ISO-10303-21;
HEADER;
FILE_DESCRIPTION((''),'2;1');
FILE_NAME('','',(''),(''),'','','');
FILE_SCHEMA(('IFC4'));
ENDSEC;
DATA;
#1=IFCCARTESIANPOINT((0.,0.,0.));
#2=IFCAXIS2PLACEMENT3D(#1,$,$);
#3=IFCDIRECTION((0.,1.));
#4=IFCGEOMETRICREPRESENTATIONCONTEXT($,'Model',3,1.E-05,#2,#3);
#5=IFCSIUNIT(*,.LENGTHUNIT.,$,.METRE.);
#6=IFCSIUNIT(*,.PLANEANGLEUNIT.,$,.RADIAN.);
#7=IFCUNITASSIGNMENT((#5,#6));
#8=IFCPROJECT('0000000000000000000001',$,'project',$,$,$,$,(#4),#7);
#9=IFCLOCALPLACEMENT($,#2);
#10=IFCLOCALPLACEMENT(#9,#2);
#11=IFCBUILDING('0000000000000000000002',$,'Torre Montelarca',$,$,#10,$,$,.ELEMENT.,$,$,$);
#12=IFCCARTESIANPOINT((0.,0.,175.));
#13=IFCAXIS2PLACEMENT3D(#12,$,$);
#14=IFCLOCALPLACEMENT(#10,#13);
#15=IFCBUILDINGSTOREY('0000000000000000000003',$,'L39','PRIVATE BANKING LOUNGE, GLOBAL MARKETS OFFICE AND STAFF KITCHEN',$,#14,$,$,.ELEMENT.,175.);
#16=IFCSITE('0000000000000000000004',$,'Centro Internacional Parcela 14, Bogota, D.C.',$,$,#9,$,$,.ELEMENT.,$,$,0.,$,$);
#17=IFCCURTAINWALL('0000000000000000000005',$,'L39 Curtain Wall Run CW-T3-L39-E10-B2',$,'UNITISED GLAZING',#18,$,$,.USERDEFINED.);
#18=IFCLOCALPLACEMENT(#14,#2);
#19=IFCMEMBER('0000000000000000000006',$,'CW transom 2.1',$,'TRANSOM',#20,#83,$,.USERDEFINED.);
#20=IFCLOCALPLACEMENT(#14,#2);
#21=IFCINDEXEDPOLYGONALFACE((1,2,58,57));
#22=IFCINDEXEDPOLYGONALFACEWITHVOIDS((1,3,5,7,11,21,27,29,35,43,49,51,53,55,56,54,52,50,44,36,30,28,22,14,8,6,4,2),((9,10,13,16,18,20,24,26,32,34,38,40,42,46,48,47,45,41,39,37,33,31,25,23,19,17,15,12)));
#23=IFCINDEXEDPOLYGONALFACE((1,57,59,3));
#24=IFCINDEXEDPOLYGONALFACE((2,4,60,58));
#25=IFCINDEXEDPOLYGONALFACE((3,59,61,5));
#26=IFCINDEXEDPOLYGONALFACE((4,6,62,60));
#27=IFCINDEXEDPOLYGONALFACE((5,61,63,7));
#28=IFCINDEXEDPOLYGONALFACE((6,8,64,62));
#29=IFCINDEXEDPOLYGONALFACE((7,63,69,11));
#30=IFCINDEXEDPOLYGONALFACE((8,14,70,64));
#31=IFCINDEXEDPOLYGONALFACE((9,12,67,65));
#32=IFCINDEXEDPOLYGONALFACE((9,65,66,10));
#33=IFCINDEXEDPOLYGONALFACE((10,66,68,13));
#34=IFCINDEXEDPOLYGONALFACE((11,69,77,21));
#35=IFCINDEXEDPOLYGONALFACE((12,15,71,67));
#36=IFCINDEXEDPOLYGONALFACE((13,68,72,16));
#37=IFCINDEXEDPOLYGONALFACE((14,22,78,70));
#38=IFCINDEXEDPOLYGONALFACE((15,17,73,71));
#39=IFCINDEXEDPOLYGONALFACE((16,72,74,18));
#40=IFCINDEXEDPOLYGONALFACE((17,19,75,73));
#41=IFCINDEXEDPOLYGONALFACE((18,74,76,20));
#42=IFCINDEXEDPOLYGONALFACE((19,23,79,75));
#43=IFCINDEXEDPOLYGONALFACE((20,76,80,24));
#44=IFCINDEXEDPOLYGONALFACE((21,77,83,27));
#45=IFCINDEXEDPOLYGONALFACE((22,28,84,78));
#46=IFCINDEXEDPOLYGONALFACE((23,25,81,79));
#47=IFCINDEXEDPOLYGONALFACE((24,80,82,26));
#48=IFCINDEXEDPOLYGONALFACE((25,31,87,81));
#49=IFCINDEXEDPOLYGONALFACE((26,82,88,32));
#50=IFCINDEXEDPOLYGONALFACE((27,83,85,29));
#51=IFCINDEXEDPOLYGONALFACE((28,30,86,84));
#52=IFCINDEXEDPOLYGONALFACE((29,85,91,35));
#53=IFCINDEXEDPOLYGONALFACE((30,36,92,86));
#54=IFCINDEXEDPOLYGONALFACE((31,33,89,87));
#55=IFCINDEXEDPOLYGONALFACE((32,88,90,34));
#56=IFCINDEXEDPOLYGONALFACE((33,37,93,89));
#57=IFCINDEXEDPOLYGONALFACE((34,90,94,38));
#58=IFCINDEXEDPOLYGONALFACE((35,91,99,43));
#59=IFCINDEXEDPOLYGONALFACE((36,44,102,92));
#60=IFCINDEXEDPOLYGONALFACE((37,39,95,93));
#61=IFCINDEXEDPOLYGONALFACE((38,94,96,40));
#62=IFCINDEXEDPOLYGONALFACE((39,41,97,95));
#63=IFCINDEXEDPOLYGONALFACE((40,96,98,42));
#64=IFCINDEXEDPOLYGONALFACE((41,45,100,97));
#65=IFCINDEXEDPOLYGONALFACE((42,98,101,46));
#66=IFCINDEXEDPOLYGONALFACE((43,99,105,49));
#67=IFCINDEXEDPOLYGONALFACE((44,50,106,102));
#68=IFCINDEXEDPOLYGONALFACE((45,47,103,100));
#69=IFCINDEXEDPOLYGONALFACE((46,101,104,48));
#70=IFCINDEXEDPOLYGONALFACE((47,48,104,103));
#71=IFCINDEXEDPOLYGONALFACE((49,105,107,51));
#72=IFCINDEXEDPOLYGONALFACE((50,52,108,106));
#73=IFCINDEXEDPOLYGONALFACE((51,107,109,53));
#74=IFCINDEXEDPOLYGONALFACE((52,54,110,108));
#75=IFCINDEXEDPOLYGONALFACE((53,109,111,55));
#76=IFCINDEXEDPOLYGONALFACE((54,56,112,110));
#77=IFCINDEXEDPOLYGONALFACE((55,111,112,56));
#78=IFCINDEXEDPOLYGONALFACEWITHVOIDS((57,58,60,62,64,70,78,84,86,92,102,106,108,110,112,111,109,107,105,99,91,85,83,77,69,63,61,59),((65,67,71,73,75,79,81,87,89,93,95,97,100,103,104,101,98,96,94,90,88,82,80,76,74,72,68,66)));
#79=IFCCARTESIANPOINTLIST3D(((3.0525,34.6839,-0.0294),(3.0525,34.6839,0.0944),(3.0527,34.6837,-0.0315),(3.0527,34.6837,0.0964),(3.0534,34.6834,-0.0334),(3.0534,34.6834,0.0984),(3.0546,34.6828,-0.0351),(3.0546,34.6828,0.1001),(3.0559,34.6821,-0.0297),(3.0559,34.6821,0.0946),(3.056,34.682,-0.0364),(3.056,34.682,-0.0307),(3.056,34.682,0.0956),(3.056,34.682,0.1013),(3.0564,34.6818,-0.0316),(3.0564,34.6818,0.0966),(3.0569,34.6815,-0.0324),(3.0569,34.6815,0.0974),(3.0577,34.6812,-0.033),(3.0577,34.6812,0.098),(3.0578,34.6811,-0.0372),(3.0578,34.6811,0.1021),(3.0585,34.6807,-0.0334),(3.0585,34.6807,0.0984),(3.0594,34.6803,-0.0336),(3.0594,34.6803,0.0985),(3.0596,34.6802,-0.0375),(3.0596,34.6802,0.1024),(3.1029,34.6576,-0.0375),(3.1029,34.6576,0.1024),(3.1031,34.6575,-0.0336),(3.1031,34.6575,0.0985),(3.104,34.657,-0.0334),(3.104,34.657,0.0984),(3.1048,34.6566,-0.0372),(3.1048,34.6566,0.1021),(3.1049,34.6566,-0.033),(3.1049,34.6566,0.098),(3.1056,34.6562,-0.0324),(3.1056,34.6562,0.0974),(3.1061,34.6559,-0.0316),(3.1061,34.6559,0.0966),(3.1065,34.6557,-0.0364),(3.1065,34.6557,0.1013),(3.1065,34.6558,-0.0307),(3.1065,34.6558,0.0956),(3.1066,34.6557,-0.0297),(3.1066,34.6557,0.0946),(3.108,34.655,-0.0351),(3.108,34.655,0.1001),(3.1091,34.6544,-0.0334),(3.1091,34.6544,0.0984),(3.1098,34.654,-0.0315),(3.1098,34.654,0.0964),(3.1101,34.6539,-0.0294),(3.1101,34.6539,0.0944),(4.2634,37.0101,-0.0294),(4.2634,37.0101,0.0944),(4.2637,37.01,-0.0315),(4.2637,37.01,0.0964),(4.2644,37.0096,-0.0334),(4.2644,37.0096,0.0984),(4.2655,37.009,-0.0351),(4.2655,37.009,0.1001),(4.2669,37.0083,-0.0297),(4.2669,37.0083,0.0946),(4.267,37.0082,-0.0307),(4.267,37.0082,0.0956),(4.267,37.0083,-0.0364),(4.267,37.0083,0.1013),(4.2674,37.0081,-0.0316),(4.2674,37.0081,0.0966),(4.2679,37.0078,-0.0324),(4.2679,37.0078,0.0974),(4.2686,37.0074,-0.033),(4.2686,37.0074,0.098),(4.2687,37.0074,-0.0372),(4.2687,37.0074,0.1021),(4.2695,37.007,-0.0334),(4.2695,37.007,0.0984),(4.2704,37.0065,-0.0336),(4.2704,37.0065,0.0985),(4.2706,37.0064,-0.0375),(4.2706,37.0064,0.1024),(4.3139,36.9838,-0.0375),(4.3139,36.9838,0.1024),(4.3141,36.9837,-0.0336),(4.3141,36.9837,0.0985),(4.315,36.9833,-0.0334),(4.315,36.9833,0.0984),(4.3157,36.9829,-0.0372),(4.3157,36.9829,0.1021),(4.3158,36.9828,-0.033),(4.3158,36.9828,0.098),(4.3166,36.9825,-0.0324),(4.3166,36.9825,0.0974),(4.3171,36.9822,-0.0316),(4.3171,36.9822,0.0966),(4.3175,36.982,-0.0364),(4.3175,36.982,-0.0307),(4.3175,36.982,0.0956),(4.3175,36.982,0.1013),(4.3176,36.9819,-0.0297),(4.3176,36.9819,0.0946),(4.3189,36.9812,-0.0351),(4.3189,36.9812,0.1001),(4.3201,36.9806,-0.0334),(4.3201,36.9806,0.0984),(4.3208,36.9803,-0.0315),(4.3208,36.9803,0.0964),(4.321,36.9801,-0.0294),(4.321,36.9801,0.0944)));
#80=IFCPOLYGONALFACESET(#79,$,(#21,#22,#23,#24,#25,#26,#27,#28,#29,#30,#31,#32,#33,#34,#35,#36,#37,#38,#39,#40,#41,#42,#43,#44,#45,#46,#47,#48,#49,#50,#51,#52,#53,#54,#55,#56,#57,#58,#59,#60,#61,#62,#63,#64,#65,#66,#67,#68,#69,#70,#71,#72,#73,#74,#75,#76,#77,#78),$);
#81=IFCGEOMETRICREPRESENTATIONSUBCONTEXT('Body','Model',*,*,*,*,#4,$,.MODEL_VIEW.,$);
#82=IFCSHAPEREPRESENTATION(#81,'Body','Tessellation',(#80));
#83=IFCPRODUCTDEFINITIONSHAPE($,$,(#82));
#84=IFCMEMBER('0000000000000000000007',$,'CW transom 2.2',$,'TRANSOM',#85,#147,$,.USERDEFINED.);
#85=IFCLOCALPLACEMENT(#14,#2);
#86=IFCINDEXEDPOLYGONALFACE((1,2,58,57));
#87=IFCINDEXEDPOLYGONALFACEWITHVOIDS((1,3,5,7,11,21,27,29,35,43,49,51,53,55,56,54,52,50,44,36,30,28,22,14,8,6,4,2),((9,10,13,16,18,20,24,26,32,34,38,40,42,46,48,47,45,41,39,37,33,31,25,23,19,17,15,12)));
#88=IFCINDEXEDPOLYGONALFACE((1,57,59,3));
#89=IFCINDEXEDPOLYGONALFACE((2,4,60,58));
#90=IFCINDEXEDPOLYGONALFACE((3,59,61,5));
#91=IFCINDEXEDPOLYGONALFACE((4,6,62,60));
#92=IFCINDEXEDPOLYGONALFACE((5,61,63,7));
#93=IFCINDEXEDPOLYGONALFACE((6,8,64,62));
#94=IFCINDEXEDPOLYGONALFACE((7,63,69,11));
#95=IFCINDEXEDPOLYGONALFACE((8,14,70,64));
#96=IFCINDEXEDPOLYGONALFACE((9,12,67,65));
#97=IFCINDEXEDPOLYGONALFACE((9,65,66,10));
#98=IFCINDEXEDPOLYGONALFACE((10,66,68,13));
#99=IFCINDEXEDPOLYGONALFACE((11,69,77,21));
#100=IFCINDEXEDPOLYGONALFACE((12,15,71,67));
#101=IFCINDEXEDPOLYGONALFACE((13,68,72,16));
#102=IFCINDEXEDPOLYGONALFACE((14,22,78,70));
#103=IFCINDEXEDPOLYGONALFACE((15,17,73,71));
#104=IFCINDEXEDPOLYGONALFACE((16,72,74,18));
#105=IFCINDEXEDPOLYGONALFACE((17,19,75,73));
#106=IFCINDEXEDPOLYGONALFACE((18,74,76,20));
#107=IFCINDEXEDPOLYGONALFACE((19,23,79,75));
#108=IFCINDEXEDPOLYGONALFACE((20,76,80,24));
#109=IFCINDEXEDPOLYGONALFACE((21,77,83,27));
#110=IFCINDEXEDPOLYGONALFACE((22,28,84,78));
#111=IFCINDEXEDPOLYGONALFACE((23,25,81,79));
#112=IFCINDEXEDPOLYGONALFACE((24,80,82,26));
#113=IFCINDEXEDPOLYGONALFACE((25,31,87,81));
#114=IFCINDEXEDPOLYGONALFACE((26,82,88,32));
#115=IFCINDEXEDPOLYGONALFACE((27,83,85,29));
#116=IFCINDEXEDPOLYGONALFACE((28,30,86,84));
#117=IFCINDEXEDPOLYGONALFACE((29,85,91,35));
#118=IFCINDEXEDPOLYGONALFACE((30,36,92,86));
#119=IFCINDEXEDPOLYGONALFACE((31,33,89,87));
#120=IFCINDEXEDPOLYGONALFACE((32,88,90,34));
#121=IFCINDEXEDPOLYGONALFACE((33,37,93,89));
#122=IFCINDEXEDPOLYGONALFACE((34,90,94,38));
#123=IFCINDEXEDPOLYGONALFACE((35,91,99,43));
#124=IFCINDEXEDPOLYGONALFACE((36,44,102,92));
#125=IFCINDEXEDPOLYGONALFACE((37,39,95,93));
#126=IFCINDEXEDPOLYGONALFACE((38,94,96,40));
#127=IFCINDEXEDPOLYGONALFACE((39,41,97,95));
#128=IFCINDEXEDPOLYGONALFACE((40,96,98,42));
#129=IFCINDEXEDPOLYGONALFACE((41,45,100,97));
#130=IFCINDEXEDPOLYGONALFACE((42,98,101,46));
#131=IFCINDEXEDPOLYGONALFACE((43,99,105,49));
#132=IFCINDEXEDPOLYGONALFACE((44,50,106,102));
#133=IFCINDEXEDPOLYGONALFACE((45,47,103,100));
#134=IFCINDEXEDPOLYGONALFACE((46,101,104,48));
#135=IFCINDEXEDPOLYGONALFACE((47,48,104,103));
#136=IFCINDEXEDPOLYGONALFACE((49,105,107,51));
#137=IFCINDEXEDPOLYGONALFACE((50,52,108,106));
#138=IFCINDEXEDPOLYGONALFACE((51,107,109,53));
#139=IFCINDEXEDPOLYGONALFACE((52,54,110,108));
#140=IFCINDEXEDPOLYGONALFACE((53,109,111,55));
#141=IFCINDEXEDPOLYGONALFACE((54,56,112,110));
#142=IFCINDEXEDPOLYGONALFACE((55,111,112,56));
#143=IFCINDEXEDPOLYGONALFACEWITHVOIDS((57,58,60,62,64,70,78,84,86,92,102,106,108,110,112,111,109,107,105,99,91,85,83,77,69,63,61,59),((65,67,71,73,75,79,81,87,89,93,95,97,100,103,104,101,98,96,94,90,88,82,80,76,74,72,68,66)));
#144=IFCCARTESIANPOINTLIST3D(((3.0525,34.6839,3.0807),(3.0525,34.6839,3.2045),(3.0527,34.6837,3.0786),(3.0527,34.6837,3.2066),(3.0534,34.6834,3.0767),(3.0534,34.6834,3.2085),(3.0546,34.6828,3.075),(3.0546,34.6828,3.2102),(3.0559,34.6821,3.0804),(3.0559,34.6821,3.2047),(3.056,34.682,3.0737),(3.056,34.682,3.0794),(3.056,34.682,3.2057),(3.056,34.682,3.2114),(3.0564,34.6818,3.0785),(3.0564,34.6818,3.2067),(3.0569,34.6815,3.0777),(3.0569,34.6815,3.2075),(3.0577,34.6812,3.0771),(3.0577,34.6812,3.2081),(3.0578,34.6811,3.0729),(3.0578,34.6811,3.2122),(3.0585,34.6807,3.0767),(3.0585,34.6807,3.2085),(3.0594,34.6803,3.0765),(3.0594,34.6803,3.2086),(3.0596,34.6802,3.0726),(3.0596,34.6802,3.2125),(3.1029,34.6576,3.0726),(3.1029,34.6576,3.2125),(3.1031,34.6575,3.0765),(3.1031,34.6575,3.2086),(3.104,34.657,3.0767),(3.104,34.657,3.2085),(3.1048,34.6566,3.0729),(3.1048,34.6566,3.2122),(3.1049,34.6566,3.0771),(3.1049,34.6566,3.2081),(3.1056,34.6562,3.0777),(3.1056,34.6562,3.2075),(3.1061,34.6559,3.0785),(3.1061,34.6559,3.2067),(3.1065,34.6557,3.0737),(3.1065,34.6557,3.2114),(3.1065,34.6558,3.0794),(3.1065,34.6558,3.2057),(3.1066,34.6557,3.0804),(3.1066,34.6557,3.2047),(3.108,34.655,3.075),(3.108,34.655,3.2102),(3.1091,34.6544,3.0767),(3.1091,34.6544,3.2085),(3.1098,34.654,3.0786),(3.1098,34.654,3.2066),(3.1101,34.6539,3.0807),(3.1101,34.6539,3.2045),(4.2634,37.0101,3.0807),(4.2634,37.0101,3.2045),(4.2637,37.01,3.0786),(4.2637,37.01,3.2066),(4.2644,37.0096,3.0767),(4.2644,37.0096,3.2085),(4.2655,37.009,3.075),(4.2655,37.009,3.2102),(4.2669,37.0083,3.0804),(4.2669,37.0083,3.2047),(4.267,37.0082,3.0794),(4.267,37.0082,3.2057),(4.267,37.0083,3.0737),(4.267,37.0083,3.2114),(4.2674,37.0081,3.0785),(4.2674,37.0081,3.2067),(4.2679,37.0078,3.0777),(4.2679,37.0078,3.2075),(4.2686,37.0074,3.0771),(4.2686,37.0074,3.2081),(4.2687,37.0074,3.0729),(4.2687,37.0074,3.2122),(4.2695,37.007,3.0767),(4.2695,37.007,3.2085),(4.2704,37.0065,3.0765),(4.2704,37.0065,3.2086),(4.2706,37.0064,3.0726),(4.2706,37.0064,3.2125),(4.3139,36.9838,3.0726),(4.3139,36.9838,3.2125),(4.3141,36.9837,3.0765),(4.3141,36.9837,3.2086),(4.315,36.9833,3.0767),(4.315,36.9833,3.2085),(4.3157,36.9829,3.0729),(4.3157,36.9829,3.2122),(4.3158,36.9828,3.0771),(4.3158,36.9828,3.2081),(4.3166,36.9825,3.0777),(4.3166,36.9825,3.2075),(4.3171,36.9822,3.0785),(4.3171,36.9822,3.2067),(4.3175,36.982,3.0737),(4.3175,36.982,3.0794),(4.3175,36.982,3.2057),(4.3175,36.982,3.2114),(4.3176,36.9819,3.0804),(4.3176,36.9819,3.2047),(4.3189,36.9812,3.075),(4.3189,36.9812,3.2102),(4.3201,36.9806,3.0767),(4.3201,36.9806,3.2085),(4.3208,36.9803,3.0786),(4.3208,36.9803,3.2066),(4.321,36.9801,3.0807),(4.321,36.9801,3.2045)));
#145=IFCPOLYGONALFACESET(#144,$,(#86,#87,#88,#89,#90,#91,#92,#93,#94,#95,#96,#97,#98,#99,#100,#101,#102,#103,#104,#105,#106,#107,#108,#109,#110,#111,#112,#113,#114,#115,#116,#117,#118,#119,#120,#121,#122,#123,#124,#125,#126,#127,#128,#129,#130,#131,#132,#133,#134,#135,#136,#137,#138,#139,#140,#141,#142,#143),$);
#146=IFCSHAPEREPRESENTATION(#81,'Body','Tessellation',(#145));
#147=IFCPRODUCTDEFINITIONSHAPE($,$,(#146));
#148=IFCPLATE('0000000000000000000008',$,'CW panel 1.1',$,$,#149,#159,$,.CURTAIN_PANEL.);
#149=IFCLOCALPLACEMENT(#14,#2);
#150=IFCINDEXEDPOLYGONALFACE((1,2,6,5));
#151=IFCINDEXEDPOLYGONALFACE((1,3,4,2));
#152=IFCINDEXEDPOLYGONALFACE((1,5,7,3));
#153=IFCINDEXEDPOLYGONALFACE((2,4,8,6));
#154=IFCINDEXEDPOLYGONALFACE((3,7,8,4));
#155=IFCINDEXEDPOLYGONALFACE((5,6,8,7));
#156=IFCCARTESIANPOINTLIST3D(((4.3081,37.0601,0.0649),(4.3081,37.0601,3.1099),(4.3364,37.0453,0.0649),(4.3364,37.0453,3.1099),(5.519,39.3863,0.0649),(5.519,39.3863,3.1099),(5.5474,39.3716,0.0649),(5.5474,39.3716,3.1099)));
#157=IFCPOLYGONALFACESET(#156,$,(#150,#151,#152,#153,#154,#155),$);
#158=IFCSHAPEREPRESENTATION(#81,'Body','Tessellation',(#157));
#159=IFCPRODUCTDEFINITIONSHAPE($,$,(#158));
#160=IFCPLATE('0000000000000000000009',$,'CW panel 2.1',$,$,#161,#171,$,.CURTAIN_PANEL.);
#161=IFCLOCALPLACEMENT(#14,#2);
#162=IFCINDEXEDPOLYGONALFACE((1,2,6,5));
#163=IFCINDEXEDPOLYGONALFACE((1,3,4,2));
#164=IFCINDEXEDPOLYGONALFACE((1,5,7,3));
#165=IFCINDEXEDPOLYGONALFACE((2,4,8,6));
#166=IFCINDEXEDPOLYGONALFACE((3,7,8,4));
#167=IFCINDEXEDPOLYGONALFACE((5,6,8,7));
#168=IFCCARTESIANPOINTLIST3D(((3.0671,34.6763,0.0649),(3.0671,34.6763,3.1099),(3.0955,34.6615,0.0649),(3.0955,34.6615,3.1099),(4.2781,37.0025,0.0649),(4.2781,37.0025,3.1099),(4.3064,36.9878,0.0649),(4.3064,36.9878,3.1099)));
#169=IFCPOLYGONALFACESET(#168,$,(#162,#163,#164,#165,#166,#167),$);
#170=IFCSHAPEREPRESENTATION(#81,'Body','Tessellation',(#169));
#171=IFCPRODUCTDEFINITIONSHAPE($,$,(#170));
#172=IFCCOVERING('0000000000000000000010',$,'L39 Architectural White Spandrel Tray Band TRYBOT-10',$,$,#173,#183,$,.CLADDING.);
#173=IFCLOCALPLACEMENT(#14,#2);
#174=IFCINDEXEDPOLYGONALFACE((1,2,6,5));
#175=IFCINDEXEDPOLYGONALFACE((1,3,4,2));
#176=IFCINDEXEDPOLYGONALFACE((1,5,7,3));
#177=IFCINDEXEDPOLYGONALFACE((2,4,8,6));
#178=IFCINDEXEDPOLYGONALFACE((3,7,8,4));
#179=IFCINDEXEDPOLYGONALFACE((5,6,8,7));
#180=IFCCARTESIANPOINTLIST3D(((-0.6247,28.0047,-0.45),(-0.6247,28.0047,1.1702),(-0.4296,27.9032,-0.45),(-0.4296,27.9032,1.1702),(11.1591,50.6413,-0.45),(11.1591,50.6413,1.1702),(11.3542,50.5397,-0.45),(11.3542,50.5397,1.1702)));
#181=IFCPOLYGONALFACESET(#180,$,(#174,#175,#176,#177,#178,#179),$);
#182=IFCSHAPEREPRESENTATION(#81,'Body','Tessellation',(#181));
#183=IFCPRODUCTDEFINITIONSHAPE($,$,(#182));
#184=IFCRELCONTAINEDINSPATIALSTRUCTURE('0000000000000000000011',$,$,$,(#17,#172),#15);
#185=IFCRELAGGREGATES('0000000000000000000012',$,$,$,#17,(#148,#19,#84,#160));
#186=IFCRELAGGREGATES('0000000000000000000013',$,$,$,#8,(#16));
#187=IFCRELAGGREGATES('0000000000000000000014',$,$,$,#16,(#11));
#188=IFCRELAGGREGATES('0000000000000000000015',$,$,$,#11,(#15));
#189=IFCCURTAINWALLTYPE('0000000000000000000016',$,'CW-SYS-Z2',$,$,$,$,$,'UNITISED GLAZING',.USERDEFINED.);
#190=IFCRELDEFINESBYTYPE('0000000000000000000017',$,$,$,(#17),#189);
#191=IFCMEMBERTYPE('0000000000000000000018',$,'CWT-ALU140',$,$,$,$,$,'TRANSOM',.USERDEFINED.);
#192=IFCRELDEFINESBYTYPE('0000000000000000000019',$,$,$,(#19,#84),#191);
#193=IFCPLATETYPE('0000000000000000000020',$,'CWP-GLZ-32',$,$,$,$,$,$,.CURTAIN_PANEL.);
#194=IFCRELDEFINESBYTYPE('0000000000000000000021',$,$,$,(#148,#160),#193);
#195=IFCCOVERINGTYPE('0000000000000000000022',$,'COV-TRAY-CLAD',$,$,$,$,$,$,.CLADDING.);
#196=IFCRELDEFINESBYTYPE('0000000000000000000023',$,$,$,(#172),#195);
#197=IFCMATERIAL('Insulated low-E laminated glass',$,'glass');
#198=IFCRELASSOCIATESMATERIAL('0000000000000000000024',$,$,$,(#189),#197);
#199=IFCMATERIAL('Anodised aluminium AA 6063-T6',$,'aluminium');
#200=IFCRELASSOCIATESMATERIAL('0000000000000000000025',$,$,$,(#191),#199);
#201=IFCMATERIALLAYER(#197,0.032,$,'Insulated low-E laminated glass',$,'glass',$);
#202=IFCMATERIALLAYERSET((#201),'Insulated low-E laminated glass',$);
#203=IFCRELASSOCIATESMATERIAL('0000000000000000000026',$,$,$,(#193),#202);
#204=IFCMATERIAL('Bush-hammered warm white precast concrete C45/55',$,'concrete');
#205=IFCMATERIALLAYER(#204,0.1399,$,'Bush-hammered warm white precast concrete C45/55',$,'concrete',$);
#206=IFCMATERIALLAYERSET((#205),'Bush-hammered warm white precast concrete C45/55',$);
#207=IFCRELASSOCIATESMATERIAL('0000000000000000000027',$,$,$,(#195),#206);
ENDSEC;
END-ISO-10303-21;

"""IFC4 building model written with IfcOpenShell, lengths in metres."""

from ifc_helpers import new_model, si_unit, direction, frame, origin, origin_2d, place, context, subcontext, project, spatial, rectangle, hollow_rectangle, extrude, source, transform, mapped, material, layer, layer_set, material_profile, profile_set, type_object, element, aggregate, save


model = new_model("IFC4")

# Units and contexts
model_context = context("Model", 3, precision=1e-05, world=origin(), true_north=direction((0.0, 1.0)))
body_context = subcontext(model_context, "Body", "Model", "MODEL_VIEW")
ifc_project = project(units=[si_unit("LENGTHUNIT", "METRE"), si_unit("PLANEANGLEUNIT", "RADIAN")], contexts=[model_context])

# Site, building, storey
site_placement = place(None, origin())
site = spatial("IfcSite", under=ifc_project, at=site_placement, Name="Centro Internacional Parcela 14, Bogota, D.C.", CompositionType="ELEMENT", RefElevation=0.0)
building_placement = place(site_placement, origin())
building = spatial("IfcBuilding", under=site, at=building_placement, Name="Torre Montelarca", CompositionType="ELEMENT")
storey_placement = place(building_placement, frame((0.0, 0.0, 175.0)))
storey = spatial("IfcBuildingStorey", under=building, at=storey_placement, Name="L39", Description="PRIVATE BANKING LOUNGE, GLOBAL MARKETS OFFICE AND STAFF KITCHEN", CompositionType="ELEMENT", Elevation=175.0)

# Curtain wall, members, plates
ifc_material_1 = material(Name="Insulated low-E laminated glass", Category="glass")
curtain_wall_type = type_object("IfcCurtainWallType", Name="CW-SYS-Z2", ElementType="UNITISED GLAZING", PredefinedType="USERDEFINED", material=ifc_material_1)
curtain_wall_placement = place(storey_placement, origin())
curtain_wall = element("IfcCurtainWall", 1, at=curtain_wall_placement, inside=storey, type_object=curtain_wall_type, Name="L39 Curtain Wall Run CW-T3-L39-E10-B2", ObjectType="UNITISED GLAZING", PredefinedType="USERDEFINED")
ifc_material_2 = material(Name="Anodised aluminium AA 6063-T6", Category="aluminium")
ifc_material_profile_1 = material_profile(ifc_material_2, hollow_rectangle(XDim=0.0649, YDim=0.1399, WallThickness=0.0039, InnerFilletRadius=0.0039, OuterFilletRadius=0.0081, at=origin_2d()), Name="ALU65X140X4", Category="aluminium")
ifc_profile_set_1 = profile_set([ifc_material_profile_1], Name="Anodised aluminium AA 6063-T6")
member_type_1 = type_object("IfcMemberType", Name="CWT-ALU140", ElementType="TRANSOM", PredefinedType="USERDEFINED", material=ifc_profile_set_1)
shared_shape_1 = source(origin(), body_context, "Body", "SweptSolid", [
    extrude(hollow_rectangle(XDim=0.0649, YDim=0.1399, WallThickness=0.0039, InnerFilletRadius=0.0039, OuterFilletRadius=0.0081, at=origin_2d()), origin(), (0.0, 0.0, 1.0), 2.6226),
])
member_1_placement = place(storey_placement, frame((4.2922, 36.9951, 0.0325), z_axis=(-0.461751, -0.887009, 0.0), x_axis=(0.887009, -0.461751, 0.0)))
member_1 = element("IfcMember", 2, at=member_1_placement, type_object=member_type_1, Name="CW transom 2.1", ObjectType="TRANSOM", PredefinedType="USERDEFINED", context=body_context, shape_type="MappedRepresentation", body=[
    mapped(shared_shape_1, transform((0.0, 0.0, 0.0), scale=1.0)),
])
member_2_placement = place(storey_placement, frame((4.2922, 36.9951, 3.1426), z_axis=(-0.461751, -0.887009, 0.0), x_axis=(0.887009, -0.461751, 0.0)))
member_2 = element("IfcMember", 3, at=member_2_placement, type_object=member_type_1, Name="CW transom 2.2", ObjectType="TRANSOM", PredefinedType="USERDEFINED", context=body_context, shape_type="MappedRepresentation", body=[
    mapped(shared_shape_1, transform((0.0, 0.0, 0.0), scale=1.0)),
])
ifc_layer_1 = layer(ifc_material_1, 0.032, Name="Insulated low-E laminated glass", Category="glass")
ifc_layer_set_1 = layer_set([ifc_layer_1], Name="Insulated low-E laminated glass")
plate_type = type_object("IfcPlateType", Name="CWP-GLZ-32", PredefinedType="CURTAIN_PANEL", material=ifc_layer_set_1)
shared_shape_2 = source(origin(), body_context, "Body", "SweptSolid", [
    extrude(rectangle(XDim=2.6226, YDim=0.032, at=origin_2d()), origin(), (0.0, 0.0, 1.0), 3.0449),
])
plate_1_placement = place(storey_placement, frame((4.9277, 38.2158, 0.0649), z_axis=(0.0, 0.0, 1.0), x_axis=(-0.461742, -0.887014, 0.0)))
plate_1 = element("IfcPlate", 4, at=plate_1_placement, type_object=plate_type, Name="CW panel 1.1", PredefinedType="CURTAIN_PANEL", context=body_context, shape_type="MappedRepresentation", body=[
    mapped(shared_shape_2, transform((0.0, 0.0, 0.0), scale=1.0)),
])
plate_2_placement = place(storey_placement, frame((3.6868, 35.832, 0.0649), z_axis=(0.0, 0.0, 1.0), x_axis=(-0.461742, -0.887014, 0.0)))
plate_2 = element("IfcPlate", 5, at=plate_2_placement, type_object=plate_type, Name="CW panel 2.1", PredefinedType="CURTAIN_PANEL", context=body_context, shape_type="MappedRepresentation", body=[
    mapped(shared_shape_2, transform((0.0, 0.0, 0.0), scale=1.0)),
])
aggregate(curtain_wall, [plate_1, member_1, member_2, plate_2])

# Covering
ifc_material_3 = material(Name="Bush-hammered warm white precast concrete C45/55", Category="concrete")
ifc_layer_2 = layer(ifc_material_3, 0.1399, Name="Bush-hammered warm white precast concrete C45/55", Category="concrete")
ifc_layer_set_2 = layer_set([ifc_layer_2], Name="Bush-hammered warm white precast concrete C45/55")
covering_type = type_object("IfcCoveringType", Name="COV-TRAY-CLAD", PredefinedType="CLADDING", material=ifc_layer_set_2)
shared_shape_3 = source(origin(), body_context, "Body", "SweptSolid", [
    extrude(rectangle(XDim=25.52, YDim=0.22, at=origin_2d()), origin(), (0.0, 0.0, 1.0), 1.6201),
])
covering_1_placement = place(storey_placement, frame((5.3647, 39.2722, -0.45), z_axis=(0.0, 0.0, 1.0), x_axis=(-0.461747, -0.887012, 0.0)))
element("IfcCovering", 6, at=covering_1_placement, inside=storey, type_object=covering_type, Name="L39 Architectural White Spandrel Tray Band TRYBOT-10", PredefinedType="CLADDING", context=body_context, shape_type="MappedRepresentation", body=[
    mapped(shared_shape_3, transform((0.0, 0.0, 0.0), scale=1.0)),
])

save(model, "model.ifc")
